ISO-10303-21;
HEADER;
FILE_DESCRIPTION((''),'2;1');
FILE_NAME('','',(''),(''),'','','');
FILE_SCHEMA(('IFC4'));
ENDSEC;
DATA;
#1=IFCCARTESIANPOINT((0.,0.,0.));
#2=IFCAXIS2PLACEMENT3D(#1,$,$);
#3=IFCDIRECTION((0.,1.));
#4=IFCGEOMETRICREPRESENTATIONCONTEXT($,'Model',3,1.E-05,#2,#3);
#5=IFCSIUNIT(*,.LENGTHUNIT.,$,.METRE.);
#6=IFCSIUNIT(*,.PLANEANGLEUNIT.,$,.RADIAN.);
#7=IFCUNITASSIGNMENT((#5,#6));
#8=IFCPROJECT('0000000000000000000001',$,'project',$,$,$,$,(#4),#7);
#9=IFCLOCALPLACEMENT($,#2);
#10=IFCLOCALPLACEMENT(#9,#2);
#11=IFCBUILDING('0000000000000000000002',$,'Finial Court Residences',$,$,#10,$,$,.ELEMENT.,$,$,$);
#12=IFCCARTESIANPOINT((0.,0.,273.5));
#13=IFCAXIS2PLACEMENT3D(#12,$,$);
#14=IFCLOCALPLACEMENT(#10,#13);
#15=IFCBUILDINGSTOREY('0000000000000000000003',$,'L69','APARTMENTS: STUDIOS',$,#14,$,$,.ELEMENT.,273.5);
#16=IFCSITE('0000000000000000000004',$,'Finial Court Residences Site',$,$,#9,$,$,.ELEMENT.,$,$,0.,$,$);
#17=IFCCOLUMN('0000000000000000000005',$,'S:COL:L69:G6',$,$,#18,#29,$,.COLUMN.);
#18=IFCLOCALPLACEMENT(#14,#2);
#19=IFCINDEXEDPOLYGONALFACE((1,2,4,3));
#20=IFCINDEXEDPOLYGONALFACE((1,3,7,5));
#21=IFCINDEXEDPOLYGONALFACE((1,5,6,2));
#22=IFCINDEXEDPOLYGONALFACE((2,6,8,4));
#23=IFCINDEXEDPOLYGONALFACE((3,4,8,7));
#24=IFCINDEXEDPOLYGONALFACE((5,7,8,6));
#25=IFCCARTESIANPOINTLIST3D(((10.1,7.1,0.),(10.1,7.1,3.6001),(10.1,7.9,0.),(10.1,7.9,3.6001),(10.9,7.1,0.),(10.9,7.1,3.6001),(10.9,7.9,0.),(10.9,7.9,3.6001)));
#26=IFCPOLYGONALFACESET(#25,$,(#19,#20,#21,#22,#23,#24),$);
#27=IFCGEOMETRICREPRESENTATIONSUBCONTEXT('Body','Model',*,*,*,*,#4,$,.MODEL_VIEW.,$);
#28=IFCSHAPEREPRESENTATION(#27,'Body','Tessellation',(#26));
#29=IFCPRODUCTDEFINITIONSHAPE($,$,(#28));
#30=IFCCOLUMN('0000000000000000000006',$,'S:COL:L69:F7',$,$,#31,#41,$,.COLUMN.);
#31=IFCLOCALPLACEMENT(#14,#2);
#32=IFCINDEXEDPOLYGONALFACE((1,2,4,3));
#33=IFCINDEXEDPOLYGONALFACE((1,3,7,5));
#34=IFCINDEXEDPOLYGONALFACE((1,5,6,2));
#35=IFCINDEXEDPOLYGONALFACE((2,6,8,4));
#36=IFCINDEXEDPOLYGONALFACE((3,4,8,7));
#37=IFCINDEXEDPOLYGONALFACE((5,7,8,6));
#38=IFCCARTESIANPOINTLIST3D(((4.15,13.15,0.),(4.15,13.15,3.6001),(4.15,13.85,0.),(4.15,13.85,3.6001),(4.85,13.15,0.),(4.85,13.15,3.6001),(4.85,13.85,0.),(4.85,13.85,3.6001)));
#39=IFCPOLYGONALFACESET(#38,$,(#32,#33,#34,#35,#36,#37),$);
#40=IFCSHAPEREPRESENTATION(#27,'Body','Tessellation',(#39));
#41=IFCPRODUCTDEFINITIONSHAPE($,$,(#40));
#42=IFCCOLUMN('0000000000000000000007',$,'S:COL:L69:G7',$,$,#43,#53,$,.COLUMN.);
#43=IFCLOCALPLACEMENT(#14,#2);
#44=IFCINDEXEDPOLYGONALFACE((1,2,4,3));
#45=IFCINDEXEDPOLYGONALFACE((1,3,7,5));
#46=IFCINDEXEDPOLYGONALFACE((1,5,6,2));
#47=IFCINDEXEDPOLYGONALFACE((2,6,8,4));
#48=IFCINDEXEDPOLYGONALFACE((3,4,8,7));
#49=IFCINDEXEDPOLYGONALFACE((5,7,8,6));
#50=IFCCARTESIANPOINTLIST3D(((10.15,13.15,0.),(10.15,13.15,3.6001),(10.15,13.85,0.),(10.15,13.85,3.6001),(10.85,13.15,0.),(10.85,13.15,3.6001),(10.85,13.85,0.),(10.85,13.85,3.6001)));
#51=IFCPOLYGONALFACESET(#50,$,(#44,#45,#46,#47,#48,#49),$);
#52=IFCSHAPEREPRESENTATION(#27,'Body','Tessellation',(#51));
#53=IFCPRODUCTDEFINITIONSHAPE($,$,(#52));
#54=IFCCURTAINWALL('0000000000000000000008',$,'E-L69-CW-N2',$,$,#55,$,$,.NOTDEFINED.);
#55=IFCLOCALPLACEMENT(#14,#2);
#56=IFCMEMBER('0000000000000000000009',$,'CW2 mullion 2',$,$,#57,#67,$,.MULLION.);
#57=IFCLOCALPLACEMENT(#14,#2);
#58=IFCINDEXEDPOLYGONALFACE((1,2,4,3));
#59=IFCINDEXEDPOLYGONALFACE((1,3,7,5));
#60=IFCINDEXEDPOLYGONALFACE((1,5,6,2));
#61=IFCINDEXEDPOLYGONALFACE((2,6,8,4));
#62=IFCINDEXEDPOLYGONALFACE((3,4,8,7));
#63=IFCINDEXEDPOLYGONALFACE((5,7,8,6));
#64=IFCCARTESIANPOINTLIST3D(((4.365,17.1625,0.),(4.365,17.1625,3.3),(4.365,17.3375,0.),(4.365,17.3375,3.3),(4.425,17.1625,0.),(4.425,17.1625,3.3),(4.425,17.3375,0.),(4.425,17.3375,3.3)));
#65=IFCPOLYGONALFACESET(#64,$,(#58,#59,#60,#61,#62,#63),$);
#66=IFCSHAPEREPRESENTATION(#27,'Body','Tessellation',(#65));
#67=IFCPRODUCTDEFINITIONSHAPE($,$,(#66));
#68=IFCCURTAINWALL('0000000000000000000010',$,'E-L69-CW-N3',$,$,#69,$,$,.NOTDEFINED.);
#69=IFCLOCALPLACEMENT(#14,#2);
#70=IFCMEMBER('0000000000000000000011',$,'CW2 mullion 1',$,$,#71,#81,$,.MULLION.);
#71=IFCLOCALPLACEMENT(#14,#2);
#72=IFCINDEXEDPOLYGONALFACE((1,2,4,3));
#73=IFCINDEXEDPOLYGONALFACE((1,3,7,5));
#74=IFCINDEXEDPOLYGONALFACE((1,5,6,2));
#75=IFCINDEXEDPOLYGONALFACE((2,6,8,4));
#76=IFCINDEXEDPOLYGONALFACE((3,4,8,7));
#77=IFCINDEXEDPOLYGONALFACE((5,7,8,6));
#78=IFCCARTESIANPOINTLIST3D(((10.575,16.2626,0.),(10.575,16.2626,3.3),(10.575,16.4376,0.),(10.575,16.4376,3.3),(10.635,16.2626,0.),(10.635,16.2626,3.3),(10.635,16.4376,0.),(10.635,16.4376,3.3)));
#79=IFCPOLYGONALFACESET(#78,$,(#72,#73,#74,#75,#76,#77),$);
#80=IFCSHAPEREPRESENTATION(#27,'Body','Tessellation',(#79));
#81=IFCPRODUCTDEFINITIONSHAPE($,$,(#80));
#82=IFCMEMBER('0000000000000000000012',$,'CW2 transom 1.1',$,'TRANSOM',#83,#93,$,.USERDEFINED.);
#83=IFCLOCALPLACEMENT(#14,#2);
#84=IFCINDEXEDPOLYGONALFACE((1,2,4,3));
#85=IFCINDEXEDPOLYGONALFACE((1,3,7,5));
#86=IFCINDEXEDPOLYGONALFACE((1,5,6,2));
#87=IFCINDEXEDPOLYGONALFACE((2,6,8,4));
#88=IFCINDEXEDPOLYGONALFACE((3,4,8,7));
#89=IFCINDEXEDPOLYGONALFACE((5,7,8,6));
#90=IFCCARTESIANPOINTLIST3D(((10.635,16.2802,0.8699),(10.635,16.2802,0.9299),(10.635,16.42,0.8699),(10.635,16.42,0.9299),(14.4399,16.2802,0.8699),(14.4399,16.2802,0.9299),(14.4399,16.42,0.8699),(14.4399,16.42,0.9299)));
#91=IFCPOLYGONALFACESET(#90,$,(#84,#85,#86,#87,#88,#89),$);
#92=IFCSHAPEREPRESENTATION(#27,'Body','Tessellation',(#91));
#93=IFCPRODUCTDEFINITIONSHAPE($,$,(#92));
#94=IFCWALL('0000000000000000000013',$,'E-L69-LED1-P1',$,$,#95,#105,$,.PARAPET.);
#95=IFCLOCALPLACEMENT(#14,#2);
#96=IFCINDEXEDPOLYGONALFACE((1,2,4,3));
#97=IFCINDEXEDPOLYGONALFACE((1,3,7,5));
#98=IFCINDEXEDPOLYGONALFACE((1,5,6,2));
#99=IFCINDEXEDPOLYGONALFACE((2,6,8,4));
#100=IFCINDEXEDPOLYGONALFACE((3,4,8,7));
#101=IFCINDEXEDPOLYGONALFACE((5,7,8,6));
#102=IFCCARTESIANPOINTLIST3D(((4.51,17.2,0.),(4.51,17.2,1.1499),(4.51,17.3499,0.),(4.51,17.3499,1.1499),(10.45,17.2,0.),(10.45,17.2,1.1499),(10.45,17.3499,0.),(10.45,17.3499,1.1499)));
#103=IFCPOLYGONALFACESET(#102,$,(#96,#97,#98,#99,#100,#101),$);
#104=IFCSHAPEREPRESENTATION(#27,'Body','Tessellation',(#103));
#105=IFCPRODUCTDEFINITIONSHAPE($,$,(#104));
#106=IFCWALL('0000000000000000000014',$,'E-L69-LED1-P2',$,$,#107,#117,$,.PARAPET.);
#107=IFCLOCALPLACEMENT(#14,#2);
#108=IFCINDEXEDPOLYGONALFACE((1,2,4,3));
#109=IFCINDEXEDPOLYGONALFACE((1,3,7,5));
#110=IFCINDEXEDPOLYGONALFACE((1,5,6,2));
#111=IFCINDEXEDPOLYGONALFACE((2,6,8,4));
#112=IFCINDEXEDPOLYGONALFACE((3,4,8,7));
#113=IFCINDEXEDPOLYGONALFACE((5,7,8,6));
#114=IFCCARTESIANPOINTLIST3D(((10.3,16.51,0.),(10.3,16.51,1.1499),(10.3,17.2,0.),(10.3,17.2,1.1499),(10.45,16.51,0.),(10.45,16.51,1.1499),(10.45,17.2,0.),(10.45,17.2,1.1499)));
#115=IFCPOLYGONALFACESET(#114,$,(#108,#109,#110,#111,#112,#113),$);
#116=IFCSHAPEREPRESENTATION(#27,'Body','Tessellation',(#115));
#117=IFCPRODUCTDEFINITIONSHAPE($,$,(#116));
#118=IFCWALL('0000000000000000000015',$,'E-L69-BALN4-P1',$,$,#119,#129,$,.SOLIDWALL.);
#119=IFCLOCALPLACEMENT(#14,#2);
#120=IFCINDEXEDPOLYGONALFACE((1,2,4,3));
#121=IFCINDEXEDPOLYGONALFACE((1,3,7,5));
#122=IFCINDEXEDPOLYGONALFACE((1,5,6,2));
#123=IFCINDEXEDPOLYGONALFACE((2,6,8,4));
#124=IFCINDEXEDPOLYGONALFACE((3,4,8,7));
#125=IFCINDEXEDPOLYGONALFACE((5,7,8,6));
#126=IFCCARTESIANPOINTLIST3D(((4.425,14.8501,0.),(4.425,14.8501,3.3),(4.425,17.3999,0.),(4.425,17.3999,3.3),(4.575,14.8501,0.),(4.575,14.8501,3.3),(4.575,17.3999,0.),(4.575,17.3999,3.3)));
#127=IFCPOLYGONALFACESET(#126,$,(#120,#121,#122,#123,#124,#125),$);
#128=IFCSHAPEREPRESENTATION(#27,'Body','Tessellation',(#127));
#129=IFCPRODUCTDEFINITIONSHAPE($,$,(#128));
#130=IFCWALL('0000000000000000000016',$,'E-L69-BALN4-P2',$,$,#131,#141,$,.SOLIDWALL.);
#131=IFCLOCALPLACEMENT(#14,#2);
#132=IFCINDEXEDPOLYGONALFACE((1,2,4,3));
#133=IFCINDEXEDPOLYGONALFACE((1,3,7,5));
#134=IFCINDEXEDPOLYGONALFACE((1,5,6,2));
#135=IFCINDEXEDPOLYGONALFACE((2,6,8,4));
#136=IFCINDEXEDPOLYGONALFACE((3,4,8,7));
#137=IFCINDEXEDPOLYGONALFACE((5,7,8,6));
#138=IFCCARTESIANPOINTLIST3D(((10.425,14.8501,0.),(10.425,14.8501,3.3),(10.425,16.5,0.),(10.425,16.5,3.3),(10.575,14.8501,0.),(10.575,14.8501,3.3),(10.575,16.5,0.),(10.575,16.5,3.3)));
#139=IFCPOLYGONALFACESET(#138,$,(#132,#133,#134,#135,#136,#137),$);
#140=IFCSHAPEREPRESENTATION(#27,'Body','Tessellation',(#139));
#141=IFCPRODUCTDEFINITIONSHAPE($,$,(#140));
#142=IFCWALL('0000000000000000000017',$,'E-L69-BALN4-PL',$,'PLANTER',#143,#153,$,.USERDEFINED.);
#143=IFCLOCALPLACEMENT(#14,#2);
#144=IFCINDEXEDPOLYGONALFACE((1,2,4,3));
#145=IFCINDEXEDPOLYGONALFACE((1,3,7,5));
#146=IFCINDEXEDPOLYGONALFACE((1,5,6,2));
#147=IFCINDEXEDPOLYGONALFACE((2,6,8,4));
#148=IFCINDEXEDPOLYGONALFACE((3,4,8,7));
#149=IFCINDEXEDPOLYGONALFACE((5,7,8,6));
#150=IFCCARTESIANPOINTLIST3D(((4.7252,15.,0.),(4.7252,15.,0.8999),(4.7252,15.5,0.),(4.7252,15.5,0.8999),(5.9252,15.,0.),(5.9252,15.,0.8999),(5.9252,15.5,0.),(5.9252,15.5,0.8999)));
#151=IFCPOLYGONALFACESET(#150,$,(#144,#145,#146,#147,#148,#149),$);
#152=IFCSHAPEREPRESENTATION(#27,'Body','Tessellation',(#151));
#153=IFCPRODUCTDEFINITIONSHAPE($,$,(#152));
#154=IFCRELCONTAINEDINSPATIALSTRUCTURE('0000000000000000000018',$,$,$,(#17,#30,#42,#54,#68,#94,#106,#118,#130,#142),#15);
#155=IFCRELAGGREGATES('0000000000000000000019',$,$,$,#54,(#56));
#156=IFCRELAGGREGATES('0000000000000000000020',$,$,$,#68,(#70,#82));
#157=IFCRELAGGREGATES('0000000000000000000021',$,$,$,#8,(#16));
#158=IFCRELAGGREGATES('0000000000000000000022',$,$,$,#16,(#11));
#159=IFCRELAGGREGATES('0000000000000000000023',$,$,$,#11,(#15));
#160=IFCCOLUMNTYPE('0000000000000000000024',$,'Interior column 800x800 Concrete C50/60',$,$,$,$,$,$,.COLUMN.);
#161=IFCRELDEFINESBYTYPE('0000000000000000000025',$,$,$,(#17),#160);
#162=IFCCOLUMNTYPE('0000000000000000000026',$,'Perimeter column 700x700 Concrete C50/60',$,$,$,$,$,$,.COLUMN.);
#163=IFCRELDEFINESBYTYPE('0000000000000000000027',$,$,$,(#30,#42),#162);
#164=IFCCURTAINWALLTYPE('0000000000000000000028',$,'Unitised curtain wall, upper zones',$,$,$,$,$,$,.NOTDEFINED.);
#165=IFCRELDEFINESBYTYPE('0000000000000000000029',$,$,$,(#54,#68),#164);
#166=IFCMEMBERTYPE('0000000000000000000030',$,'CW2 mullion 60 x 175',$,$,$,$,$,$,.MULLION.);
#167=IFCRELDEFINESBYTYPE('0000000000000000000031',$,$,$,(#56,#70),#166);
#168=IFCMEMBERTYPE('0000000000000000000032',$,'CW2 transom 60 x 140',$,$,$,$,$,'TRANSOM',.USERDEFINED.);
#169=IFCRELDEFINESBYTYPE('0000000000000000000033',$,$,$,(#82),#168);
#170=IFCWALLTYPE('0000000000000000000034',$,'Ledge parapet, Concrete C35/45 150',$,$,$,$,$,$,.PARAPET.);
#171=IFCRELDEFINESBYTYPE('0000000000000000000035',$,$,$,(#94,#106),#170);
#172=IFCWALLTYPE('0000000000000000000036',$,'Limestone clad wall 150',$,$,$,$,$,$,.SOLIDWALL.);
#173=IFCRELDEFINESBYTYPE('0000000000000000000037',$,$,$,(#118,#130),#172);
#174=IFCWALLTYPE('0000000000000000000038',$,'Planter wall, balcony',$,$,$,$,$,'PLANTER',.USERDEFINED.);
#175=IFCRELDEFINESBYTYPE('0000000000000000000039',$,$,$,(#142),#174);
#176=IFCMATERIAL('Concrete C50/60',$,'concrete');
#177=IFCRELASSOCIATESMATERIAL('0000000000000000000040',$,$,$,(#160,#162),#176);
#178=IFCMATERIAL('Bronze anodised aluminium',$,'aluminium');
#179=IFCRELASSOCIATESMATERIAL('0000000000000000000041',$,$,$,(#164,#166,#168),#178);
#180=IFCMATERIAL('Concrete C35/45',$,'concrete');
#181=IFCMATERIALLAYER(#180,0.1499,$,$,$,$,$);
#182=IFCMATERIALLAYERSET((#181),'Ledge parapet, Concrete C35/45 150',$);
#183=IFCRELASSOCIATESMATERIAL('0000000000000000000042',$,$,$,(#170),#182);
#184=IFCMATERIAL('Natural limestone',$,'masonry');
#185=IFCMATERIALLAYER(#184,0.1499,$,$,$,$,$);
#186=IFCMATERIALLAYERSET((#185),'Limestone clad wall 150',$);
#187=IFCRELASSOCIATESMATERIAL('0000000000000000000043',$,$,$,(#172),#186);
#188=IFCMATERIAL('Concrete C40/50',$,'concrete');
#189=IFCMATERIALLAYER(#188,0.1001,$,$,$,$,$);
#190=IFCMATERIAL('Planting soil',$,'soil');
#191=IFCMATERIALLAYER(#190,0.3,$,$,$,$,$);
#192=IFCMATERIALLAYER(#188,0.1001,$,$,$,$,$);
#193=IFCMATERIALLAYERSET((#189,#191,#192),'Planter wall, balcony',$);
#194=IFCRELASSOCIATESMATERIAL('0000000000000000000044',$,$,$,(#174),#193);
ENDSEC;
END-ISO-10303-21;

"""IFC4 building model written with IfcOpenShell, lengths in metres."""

from ifc_helpers import new_model, si_unit, direction, frame, frame_2d, origin, origin_2d, place, context, subcontext, project, spatial, rectangle, extrude, material, layer, layer_set, material_profile, profile_set, type_object, element, aggregate, save


model = new_model("IFC4")

# Units and contexts
model_context = context("Model", 3, precision=1e-05, world=origin(), true_north=direction((0.0, 1.0)))
body_context = subcontext(model_context, "Body", "Model", "MODEL_VIEW")
ifc_project = project(units=[si_unit("LENGTHUNIT", "METRE"), si_unit("PLANEANGLEUNIT", "RADIAN")], contexts=[model_context])

# Site, building, storey
site_placement = place(None, origin())
site = spatial("IfcSite", under=ifc_project, at=site_placement, Name="Finial Court Residences Site", CompositionType="ELEMENT", RefElevation=0.0)
building_placement = place(site_placement, origin())
building = spatial("IfcBuilding", under=site, at=building_placement, Name="Finial Court Residences", CompositionType="ELEMENT")
storey_placement = place(building_placement, frame((0.0, 0.0, 273.5)))
storey = spatial("IfcBuildingStorey", under=building, at=storey_placement, Name="L69", Description="APARTMENTS: STUDIOS", CompositionType="ELEMENT", Elevation=273.5)

# Columns
ifc_material_1 = material(Name="Concrete C50/60", Category="concrete")
ifc_material_profile_1 = material_profile(ifc_material_1, rectangle(XDim=0.8, YDim=0.8, at=origin_2d()), Name="800x800")
ifc_profile_set_1 = profile_set([ifc_material_profile_1], Name="Concrete C50/60")
column_type_1 = type_object("IfcColumnType", Name="Interior column 800x800 Concrete C50/60", PredefinedType="COLUMN", material=ifc_profile_set_1)
column_placement = place(storey_placement, frame((10.5, 7.5, 0.0), z_axis=(0.0, 0.0, 1.0), x_axis=(1.0, 0.0, 0.0)))
element("IfcColumn", 1, at=column_placement, inside=storey, type_object=column_type_1, Name="S:COL:L69:G6", PredefinedType="COLUMN", context=body_context, shape_type="SweptSolid", body=[
    extrude(rectangle(XDim=0.8, YDim=0.8, at=origin_2d()), origin(), (0.0, 0.0, 1.0), 3.6001),
])
ifc_material_profile_2 = material_profile(ifc_material_1, rectangle(XDim=0.7, YDim=0.7, at=origin_2d()), Name="700x700")
ifc_profile_set_2 = profile_set([ifc_material_profile_2], Name="Concrete C50/60")
column_type_2 = type_object("IfcColumnType", Name="Perimeter column 700x700 Concrete C50/60", PredefinedType="COLUMN", material=ifc_profile_set_2)
for number, where, z_axis, x_axis, name in (
    (2, (4.5, 13.5, 0.0), (0.0, 0.0, 1.0), (1.0, 0.0, 0.0), "S:COL:L69:F7"),
    (3, (10.5, 13.5, 0.0), (0.0, 0.0, 1.0), (1.0, 0.0, 0.0), "S:COL:L69:G7"),
):
    element("IfcColumn", number, at=place(storey_placement, frame(where, z_axis=z_axis, x_axis=x_axis)), inside=storey, type_object=column_type_2, Name=name, PredefinedType="COLUMN", context=body_context, shape_type="SweptSolid", body=[
        extrude(rectangle(XDim=0.7, YDim=0.7, at=origin_2d()), origin(), (0.0, 0.0, 1.0), 3.6001),
    ])

# Curtain wall, member
ifc_material_2 = material(Name="Bronze anodised aluminium", Category="aluminium")
curtain_wall_type = type_object("IfcCurtainWallType", Name="Unitised curtain wall, upper zones", PredefinedType="NOTDEFINED", material=ifc_material_2)
curtain_wall_1_placement = place(storey_placement, origin())
curtain_wall_1 = element("IfcCurtainWall", 4, at=curtain_wall_1_placement, inside=storey, type_object=curtain_wall_type, Name="E-L69-CW-N2", PredefinedType="NOTDEFINED")
ifc_material_profile_3 = material_profile(ifc_material_2, rectangle(XDim=0.175, YDim=0.0601, at=origin_2d()), Name="CW2 mullion 60 x 175")
ifc_profile_set_3 = profile_set([ifc_material_profile_3], Name="Bronze anodised aluminium")
member_type_1 = type_object("IfcMemberType", Name="CW2 mullion 60 x 175", PredefinedType="MULLION", material=ifc_profile_set_3)
member_1_placement = place(storey_placement, frame((4.395, 17.25, 0.0), z_axis=(0.0, 0.0, 1.0), x_axis=(0.0, 1.0, 0.0)))
member_1 = element("IfcMember", 5, at=member_1_placement, type_object=member_type_1, Name="CW2 mullion 2", PredefinedType="MULLION", context=body_context, shape_type="SweptSolid", body=[
    extrude(rectangle(XDim=0.175, YDim=0.0601, at=origin_2d()), origin(), (0.0, 0.0, 1.0), 3.3),
])
aggregate(curtain_wall_1, [member_1])

# Curtain wall, members
curtain_wall_2_placement = place(storey_placement, origin())
curtain_wall_2 = element("IfcCurtainWall", 6, at=curtain_wall_2_placement, inside=storey, type_object=curtain_wall_type, Name="E-L69-CW-N3", PredefinedType="NOTDEFINED")
member_2_placement = place(storey_placement, frame((10.605, 16.3501, 0.0), z_axis=(0.0, 0.0, 1.0), x_axis=(0.0, 1.0, 0.0)))
member_2 = element("IfcMember", 7, at=member_2_placement, type_object=member_type_1, Name="CW2 mullion 1", PredefinedType="MULLION", context=body_context, shape_type="SweptSolid", body=[
    extrude(rectangle(XDim=0.175, YDim=0.0601, at=origin_2d()), origin(), (0.0, 0.0, 1.0), 3.3),
])
ifc_material_profile_4 = material_profile(ifc_material_2, rectangle(XDim=0.1399, YDim=0.0601, at=origin_2d()), Name="CW2 transom 60 x 140")
ifc_profile_set_4 = profile_set([ifc_material_profile_4], Name="Bronze anodised aluminium")
member_type_2 = type_object("IfcMemberType", Name="CW2 transom 60 x 140", ElementType="TRANSOM", PredefinedType="USERDEFINED", material=ifc_profile_set_4)
member_3_placement = place(storey_placement, frame((10.635, 16.3501, 0.8999), z_axis=(1.0, 0.0, 0.0), x_axis=(0.0, 1.0, 0.0)))
member_3 = element("IfcMember", 8, at=member_3_placement, type_object=member_type_2, Name="CW2 transom 1.1", ObjectType="TRANSOM", PredefinedType="USERDEFINED", context=body_context, shape_type="SweptSolid", body=[
    extrude(rectangle(XDim=0.1399, YDim=0.0601, at=origin_2d()), origin(), (0.0, 0.0, 1.0), 3.8049),
])
aggregate(curtain_wall_2, [member_2, member_3])

# Walls
ifc_material_3 = material(Name="Concrete C35/45", Category="concrete")
ifc_layer_1 = layer(ifc_material_3, 0.1499)
ifc_layer_set_1 = layer_set([ifc_layer_1], Name="Ledge parapet, Concrete C35/45 150")
wall_type_1 = type_object("IfcWallType", Name="Ledge parapet, Concrete C35/45 150", PredefinedType="PARAPET", material=ifc_layer_set_1)
wall_1_placement = place(storey_placement, frame((4.51, 17.2749, 0.0), z_axis=(0.0, 0.0, 1.0), x_axis=(1.0, 0.0, 0.0)))
element("IfcWall", 9, at=wall_1_placement, inside=storey, type_object=wall_type_1, Name="E-L69-LED1-P1", PredefinedType="PARAPET", context=body_context, shape_type="SweptSolid", body=[
    extrude(rectangle(XDim=5.9399, YDim=0.1499, at=frame_2d((2.97, 0.0))), origin(), (0.0, 0.0, 1.0), 1.1499),
])
wall_2_placement = place(storey_placement, frame((10.375, 17.2, 0.0), z_axis=(0.0, 0.0, 1.0), x_axis=(0.0, -1.0, 0.0)))
element("IfcWall", 10, at=wall_2_placement, inside=storey, type_object=wall_type_1, Name="E-L69-LED1-P2", PredefinedType="PARAPET", context=body_context, shape_type="SweptSolid", body=[
    extrude(rectangle(XDim=0.6899, YDim=0.1499, at=frame_2d((0.345, 0.0))), origin(), (0.0, 0.0, 1.0), 1.1499),
])
ifc_material_4 = material(Name="Natural limestone", Category="masonry")
ifc_layer_2 = layer(ifc_material_4, 0.1499)
ifc_layer_set_2 = layer_set([ifc_layer_2], Name="Limestone clad wall 150")
wall_type_2 = type_object("IfcWallType", Name="Limestone clad wall 150", PredefinedType="SOLIDWALL", material=ifc_layer_set_2)
wall_3_placement = place(storey_placement, frame((4.5, 14.8501, 0.0), z_axis=(0.0, 0.0, 1.0), x_axis=(0.0, 1.0, 0.0)))
element("IfcWall", 11, at=wall_3_placement, inside=storey, type_object=wall_type_2, Name="E-L69-BALN4-P1", PredefinedType="SOLIDWALL", context=body_context, shape_type="SweptSolid", body=[
    extrude(rectangle(XDim=2.5498, YDim=0.1499, at=frame_2d((1.2749, 0.0))), origin(), (0.0, 0.0, 1.0), 3.3),
])
wall_4_placement = place(storey_placement, frame((10.5, 14.8501, 0.0), z_axis=(0.0, 0.0, 1.0), x_axis=(0.0, 1.0, 0.0)))
element("IfcWall", 12, at=wall_4_placement, inside=storey, type_object=wall_type_2, Name="E-L69-BALN4-P2", PredefinedType="SOLIDWALL", context=body_context, shape_type="SweptSolid", body=[
    extrude(rectangle(XDim=1.6499, YDim=0.1499, at=frame_2d((0.825, 0.0))), origin(), (0.0, 0.0, 1.0), 3.3),
])

# Wall
ifc_material_5 = material(Name="Concrete C40/50", Category="concrete")
ifc_layer_3 = layer(ifc_material_5, 0.1001)
ifc_material_6 = material(Name="Planting soil", Category="soil")
ifc_layer_4 = layer(ifc_material_6, 0.3)
ifc_layer_5 = layer(ifc_material_5, 0.1001)
ifc_layer_set_3 = layer_set([ifc_layer_3, ifc_layer_4, ifc_layer_5], Name="Planter wall, balcony")
wall_type_3 = type_object("IfcWallType", Name="Planter wall, balcony", ElementType="PLANTER", PredefinedType="USERDEFINED", material=ifc_layer_set_3)
wall_5_placement = place(storey_placement, frame((4.7251, 15.25, 0.0), z_axis=(0.0, 0.0, 1.0), x_axis=(1.0, 0.0, 0.0)))
element("IfcWall", 13, at=wall_5_placement, inside=storey, type_object=wall_type_3, Name="E-L69-BALN4-PL", ObjectType="PLANTER", PredefinedType="USERDEFINED", context=body_context, shape_type="SweptSolid", body=[
    extrude(rectangle(XDim=1.2, YDim=0.5, at=frame_2d((0.6001, 0.0))), origin(), (0.0, 0.0, 1.0), 0.8999),
])

save(model, "model.ifc")
